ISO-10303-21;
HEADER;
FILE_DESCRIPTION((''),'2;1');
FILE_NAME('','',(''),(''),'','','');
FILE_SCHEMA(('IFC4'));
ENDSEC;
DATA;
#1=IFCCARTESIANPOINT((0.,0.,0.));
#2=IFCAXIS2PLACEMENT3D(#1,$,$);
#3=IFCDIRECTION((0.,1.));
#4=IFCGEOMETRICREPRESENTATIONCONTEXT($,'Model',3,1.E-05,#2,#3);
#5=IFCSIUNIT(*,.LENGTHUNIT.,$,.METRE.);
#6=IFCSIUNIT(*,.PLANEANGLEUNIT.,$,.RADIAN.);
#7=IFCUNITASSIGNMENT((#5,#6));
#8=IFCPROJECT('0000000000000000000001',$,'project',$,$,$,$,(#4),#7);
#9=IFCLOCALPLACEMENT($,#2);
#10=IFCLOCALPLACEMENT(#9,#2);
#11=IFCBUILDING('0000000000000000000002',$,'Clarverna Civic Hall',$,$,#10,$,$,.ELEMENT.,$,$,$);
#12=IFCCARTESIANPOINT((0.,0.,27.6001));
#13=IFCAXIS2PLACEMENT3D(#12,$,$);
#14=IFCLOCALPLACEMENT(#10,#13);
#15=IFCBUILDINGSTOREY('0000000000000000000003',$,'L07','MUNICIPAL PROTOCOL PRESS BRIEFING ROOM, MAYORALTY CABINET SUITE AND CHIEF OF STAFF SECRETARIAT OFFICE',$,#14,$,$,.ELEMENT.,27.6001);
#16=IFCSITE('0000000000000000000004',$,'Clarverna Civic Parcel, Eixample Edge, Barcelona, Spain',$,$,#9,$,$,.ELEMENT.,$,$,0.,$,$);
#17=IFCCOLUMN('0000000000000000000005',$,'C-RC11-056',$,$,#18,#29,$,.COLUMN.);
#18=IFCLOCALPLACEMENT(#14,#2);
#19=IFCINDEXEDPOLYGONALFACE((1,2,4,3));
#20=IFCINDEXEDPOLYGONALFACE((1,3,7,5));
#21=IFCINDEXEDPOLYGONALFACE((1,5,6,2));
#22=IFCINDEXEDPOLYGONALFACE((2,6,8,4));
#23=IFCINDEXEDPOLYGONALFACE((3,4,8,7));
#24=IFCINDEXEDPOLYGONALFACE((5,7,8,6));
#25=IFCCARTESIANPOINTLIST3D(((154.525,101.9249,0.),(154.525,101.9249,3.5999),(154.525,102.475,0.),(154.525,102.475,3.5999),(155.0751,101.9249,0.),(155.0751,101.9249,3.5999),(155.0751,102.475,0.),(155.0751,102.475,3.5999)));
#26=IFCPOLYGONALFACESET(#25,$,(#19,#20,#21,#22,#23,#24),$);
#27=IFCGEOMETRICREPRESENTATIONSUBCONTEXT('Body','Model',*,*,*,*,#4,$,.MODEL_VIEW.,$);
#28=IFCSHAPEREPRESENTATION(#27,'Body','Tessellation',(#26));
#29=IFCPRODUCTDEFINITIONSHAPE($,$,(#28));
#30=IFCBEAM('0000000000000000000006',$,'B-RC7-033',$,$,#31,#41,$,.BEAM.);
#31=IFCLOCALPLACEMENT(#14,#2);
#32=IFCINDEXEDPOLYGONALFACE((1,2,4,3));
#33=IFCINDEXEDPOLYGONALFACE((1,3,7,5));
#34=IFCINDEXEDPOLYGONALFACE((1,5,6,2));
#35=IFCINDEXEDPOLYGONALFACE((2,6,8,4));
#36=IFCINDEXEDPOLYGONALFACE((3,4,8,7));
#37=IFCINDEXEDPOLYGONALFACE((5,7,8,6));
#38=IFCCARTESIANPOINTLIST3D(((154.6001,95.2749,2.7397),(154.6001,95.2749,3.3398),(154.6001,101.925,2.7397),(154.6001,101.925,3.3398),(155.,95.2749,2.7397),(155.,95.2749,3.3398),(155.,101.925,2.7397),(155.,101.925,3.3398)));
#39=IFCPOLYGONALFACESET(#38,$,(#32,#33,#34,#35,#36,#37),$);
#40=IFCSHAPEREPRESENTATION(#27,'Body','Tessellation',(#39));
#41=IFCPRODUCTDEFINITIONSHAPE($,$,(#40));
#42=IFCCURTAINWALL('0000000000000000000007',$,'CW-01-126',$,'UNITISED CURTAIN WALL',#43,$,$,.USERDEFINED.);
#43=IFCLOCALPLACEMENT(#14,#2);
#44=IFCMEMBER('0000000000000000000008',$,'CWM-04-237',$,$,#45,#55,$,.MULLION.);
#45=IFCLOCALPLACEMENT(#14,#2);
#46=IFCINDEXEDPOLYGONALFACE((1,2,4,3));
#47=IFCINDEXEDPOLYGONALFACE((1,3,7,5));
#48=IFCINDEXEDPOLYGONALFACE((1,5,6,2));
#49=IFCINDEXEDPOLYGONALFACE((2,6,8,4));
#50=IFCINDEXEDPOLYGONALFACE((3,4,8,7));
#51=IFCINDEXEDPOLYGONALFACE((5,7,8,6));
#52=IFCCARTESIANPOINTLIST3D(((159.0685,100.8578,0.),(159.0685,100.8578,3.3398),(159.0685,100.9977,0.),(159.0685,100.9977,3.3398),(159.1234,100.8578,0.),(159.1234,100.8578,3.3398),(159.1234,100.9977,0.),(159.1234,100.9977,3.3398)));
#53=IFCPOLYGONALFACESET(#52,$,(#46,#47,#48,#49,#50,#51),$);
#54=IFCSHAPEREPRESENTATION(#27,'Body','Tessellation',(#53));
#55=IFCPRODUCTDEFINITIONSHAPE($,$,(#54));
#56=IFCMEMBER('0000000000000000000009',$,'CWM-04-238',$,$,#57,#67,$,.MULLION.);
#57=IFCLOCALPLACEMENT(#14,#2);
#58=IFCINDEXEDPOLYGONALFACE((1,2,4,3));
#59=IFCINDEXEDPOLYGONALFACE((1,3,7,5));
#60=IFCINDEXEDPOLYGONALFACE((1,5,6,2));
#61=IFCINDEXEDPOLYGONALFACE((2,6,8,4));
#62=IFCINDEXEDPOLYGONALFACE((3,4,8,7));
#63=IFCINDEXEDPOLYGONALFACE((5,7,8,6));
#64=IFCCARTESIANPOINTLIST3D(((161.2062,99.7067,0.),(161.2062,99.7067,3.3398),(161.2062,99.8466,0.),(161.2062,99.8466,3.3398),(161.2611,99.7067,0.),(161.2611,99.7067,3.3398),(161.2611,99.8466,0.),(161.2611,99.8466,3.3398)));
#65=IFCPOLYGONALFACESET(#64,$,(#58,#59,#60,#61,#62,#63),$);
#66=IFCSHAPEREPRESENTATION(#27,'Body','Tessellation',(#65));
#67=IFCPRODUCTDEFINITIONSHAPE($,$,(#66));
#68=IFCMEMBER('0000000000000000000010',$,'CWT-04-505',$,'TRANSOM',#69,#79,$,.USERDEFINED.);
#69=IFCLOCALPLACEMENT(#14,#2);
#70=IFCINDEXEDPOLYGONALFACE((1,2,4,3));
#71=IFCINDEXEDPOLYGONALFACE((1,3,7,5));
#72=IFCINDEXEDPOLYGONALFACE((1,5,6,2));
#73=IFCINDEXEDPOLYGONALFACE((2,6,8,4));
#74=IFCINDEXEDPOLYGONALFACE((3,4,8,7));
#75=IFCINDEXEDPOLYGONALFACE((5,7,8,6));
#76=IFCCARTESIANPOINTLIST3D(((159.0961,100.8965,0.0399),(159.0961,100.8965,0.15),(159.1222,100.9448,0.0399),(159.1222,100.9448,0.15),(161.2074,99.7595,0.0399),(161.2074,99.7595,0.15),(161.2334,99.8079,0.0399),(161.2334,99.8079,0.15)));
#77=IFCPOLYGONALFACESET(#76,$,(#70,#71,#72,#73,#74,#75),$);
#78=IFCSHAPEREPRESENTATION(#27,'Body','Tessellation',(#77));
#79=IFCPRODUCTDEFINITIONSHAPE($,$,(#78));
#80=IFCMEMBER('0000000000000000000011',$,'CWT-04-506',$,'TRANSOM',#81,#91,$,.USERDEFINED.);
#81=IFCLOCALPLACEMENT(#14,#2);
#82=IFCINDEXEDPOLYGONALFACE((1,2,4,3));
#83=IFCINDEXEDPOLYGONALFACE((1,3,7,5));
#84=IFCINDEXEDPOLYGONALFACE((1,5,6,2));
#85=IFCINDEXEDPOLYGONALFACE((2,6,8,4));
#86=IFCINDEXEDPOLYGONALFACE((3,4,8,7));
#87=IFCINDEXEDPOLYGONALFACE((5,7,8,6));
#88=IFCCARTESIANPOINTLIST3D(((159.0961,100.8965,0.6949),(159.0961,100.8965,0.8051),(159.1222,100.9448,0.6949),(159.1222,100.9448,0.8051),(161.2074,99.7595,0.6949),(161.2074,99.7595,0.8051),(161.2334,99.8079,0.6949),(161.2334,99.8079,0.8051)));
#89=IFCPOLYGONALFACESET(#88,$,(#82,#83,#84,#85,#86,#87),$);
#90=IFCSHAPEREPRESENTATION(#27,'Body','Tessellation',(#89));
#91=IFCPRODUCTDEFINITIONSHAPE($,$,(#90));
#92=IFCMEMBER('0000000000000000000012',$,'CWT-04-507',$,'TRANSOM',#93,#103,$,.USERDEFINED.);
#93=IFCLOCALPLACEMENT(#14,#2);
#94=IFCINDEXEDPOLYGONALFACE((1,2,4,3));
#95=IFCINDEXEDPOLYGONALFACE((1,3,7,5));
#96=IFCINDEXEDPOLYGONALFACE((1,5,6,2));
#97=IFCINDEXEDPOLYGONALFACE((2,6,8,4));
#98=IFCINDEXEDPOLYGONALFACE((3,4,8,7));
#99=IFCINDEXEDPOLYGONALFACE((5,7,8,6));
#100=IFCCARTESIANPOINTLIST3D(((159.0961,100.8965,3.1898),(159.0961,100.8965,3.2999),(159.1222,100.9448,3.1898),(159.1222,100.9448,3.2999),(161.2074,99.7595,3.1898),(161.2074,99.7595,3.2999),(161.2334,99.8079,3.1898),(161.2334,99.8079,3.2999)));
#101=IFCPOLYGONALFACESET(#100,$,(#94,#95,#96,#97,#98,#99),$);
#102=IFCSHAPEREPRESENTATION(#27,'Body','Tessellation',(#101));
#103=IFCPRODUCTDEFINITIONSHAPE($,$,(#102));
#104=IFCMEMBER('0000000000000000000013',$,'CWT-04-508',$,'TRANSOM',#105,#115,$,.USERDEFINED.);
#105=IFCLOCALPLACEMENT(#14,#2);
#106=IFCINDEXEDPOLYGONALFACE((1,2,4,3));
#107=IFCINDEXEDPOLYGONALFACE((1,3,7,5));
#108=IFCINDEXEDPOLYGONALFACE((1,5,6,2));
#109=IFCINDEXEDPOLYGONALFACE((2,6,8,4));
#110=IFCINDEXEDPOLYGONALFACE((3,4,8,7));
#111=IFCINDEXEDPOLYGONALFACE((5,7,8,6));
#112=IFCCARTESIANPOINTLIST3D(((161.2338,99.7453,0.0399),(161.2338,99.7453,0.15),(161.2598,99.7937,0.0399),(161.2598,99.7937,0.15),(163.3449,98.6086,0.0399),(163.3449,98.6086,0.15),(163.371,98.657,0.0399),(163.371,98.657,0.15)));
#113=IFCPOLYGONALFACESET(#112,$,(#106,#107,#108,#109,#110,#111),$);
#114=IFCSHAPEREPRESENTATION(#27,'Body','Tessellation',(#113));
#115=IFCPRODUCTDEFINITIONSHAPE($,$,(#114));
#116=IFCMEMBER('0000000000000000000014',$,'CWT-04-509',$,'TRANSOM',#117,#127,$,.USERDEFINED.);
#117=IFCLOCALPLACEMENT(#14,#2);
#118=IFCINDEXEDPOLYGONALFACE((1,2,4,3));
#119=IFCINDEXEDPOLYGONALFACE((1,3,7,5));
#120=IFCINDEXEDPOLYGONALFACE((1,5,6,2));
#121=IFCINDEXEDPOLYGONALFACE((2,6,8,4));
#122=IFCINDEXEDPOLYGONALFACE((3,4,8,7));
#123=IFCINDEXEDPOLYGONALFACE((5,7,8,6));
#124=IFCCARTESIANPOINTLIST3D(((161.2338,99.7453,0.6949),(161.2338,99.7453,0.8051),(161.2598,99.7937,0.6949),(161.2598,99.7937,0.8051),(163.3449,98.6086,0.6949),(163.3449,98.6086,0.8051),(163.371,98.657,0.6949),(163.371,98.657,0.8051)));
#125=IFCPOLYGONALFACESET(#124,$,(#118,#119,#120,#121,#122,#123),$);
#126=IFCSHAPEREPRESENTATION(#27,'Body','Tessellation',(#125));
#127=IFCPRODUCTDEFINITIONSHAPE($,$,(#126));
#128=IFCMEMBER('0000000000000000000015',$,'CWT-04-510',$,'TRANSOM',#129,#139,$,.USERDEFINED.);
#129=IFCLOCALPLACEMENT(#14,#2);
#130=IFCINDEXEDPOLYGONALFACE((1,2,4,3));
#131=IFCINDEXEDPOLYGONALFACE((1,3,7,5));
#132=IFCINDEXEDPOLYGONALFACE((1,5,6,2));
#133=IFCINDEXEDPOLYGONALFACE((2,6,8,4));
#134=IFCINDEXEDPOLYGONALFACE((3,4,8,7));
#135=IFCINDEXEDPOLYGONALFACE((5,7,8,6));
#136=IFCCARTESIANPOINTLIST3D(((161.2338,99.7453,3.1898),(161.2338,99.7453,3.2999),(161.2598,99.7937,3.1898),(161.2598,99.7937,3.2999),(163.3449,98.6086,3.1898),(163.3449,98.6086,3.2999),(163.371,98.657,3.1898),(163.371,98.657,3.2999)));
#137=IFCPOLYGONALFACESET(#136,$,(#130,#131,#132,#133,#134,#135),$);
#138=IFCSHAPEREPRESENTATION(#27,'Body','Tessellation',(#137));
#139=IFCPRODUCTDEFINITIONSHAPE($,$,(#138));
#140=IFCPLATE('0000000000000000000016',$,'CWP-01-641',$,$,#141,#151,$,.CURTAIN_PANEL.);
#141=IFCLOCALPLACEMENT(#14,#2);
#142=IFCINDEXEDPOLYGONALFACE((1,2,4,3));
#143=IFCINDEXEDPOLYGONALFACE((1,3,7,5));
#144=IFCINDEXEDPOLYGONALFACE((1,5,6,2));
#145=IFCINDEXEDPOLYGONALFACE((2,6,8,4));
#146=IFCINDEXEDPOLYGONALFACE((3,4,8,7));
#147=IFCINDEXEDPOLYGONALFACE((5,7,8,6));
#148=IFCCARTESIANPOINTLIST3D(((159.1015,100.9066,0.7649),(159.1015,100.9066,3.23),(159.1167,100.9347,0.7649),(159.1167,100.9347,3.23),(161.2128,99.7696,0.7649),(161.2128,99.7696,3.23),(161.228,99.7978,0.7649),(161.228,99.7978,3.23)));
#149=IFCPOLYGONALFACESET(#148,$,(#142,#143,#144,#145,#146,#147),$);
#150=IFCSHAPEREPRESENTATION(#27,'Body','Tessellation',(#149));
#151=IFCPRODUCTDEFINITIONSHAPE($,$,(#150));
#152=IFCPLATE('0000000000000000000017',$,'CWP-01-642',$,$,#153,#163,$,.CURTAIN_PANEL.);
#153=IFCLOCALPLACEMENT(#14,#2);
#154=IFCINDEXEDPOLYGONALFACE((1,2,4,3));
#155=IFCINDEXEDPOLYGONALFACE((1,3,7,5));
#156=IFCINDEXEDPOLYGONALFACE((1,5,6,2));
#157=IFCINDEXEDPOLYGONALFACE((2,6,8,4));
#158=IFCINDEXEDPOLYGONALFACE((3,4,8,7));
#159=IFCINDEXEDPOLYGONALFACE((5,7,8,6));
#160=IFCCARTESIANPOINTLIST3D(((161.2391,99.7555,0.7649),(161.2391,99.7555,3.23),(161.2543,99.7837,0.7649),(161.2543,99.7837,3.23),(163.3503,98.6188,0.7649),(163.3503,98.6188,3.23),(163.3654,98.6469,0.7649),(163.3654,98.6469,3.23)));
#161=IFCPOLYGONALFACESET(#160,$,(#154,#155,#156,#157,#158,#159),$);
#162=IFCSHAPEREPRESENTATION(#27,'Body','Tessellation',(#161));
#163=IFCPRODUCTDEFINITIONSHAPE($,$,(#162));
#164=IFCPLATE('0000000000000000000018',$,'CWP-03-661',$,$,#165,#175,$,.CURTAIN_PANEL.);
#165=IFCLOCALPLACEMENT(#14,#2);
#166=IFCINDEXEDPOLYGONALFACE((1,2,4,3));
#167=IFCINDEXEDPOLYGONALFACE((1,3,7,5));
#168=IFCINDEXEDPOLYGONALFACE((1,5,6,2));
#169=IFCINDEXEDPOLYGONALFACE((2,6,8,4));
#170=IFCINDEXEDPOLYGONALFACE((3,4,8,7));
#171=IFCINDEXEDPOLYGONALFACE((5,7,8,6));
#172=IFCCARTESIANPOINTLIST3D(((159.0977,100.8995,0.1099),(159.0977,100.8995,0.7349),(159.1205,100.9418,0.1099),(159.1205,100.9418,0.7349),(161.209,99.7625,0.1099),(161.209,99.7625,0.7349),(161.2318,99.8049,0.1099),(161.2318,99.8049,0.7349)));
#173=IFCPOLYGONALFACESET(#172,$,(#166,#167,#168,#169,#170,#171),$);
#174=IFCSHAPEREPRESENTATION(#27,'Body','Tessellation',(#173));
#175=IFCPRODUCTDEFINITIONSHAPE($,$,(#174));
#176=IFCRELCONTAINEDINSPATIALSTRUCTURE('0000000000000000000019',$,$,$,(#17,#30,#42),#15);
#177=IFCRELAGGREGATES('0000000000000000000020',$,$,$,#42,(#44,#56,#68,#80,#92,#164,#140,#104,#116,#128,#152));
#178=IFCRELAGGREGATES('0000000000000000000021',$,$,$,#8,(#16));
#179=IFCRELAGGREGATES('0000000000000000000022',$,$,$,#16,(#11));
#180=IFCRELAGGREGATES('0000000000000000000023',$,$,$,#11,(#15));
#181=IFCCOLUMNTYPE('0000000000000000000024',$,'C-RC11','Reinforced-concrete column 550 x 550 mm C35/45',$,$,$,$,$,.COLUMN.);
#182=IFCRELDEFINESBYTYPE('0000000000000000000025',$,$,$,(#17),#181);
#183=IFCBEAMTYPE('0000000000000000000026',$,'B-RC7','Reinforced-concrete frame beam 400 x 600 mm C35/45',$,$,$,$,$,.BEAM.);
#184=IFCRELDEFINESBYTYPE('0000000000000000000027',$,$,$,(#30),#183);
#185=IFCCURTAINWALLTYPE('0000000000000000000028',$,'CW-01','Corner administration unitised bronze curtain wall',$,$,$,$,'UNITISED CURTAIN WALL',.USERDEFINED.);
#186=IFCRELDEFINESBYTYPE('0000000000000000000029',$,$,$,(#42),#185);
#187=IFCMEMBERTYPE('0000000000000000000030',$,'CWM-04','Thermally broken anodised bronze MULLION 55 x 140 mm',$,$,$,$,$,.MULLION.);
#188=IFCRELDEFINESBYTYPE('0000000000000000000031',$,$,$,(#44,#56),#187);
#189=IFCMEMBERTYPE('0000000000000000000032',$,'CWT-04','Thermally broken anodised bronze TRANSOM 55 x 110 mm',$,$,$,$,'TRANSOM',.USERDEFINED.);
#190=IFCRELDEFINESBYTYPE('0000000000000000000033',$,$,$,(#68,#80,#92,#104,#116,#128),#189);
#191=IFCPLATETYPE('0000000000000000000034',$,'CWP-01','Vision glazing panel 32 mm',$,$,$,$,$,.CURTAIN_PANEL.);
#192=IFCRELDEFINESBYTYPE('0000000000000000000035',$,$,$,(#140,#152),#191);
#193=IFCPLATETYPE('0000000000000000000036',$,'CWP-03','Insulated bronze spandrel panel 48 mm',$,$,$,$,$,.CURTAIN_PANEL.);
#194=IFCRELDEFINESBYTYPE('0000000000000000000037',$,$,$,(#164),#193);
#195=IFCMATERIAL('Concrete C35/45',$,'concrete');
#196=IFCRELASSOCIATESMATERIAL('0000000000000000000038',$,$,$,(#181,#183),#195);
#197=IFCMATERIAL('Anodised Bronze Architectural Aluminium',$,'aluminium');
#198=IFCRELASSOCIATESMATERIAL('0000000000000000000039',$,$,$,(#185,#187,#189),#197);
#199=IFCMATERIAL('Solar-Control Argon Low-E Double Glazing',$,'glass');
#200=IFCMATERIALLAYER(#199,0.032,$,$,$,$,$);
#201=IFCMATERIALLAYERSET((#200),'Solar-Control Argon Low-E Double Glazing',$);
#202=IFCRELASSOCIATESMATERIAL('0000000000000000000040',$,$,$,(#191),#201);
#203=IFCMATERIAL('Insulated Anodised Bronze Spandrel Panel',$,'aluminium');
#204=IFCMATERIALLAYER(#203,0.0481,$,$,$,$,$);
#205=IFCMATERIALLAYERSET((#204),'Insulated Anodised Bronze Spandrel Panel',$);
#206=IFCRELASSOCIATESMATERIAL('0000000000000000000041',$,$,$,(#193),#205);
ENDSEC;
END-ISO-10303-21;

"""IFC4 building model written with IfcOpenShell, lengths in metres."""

from ifc_helpers import new_model, si_unit, direction, frame, frame_2d, origin, origin_2d, place, context, subcontext, project, spatial, rectangle, extrude, material, layer, layer_set, material_profile, profile_set, type_object, element, aggregate, save


model = new_model("IFC4")

# Units and contexts
model_context = context("Model", 3, precision=1e-05, world=origin(), true_north=direction((0.0, 1.0)))
body_context = subcontext(model_context, "Body", "Model", "MODEL_VIEW")
ifc_project = project(units=[si_unit("LENGTHUNIT", "METRE"), si_unit("PLANEANGLEUNIT", "RADIAN")], contexts=[model_context])

# Site, building, storey
site_placement = place(None, origin())
site = spatial("IfcSite", under=ifc_project, at=site_placement, Name="Clarverna Civic Parcel, Eixample Edge, Barcelona, Spain", CompositionType="ELEMENT", RefElevation=0.0)
building_placement = place(site_placement, origin())
building = spatial("IfcBuilding", under=site, at=building_placement, Name="Clarverna Civic Hall", CompositionType="ELEMENT")
storey_placement = place(building_placement, frame((0.0, 0.0, 27.6001)))
storey = spatial("IfcBuildingStorey", under=building, at=storey_placement, Name="L07", Description="MUNICIPAL PROTOCOL PRESS BRIEFING ROOM, MAYORALTY CABINET SUITE AND CHIEF OF STAFF SECRETARIAT OFFICE", CompositionType="ELEMENT", Elevation=27.6001)

# Column
ifc_material_1 = material(Name="Concrete C35/45", Category="concrete")
ifc_material_profile_1 = material_profile(ifc_material_1, rectangle(XDim=0.55, YDim=0.55, at=origin_2d()), Name="RC 550x550")
ifc_profile_set_1 = profile_set([ifc_material_profile_1], Name="Concrete C35/45")
column_type = type_object("IfcColumnType", Name="C-RC11", Description="Reinforced-concrete column 550 x 550 mm C35/45", PredefinedType="COLUMN", material=ifc_profile_set_1)
column_placement = place(storey_placement, frame((154.8, 102.2, 0.0), z_axis=(0.0, 0.0, 1.0), x_axis=(1.0, 0.0, 0.0)))
element("IfcColumn", 1, at=column_placement, inside=storey, type_object=column_type, Name="C-RC11-056", PredefinedType="COLUMN", context=body_context, shape_type="SweptSolid", body=[
    extrude(rectangle(XDim=0.55, YDim=0.55, at=origin_2d()), origin(), (0.0, 0.0, 1.0), 3.5999),
])

# Beam
ifc_material_profile_2 = material_profile(ifc_material_1, rectangle(XDim=0.3999, YDim=0.6001, at=origin_2d()), Name="RC 400x600")
ifc_profile_set_2 = profile_set([ifc_material_profile_2], Name="Concrete C35/45")
beam_type = type_object("IfcBeamType", Name="B-RC7", Description="Reinforced-concrete frame beam 400 x 600 mm C35/45", PredefinedType="BEAM", material=ifc_profile_set_2)
beam_placement = place(storey_placement, frame((154.8, 95.2749, 3.0398), z_axis=(0.0, 1.0, 0.0), x_axis=(-1.0, 0.0, 0.0)))
element("IfcBeam", 2, at=beam_placement, inside=storey, type_object=beam_type, Name="B-RC7-033", PredefinedType="BEAM", context=body_context, shape_type="SweptSolid", body=[
    extrude(rectangle(XDim=0.3999, YDim=0.6001, at=origin_2d()), origin(), (0.0, 0.0, 1.0), 6.6501),
])

# Curtain wall, members, plates
ifc_material_2 = material(Name="Anodised Bronze Architectural Aluminium", Category="aluminium")
curtain_wall_type = type_object("IfcCurtainWallType", Name="CW-01", Description="Corner administration unitised bronze curtain wall", ElementType="UNITISED CURTAIN WALL", PredefinedType="USERDEFINED", material=ifc_material_2)
curtain_wall_placement = place(storey_placement, origin())
curtain_wall = element("IfcCurtainWall", 3, at=curtain_wall_placement, inside=storey, type_object=curtain_wall_type, Name="CW-01-126", ObjectType="UNITISED CURTAIN WALL", PredefinedType="USERDEFINED")
ifc_material_profile_3 = material_profile(ifc_material_2, rectangle(XDim=0.0549, YDim=0.1399, at=origin_2d()), Name="BRONZE 55x140")
ifc_profile_set_3 = profile_set([ifc_material_profile_3], Name="Anodised Bronze Architectural Aluminium")
member_type_1 = type_object("IfcMemberType", Name="CWM-04", Description="Thermally broken anodised bronze MULLION 55 x 140 mm", PredefinedType="MULLION", material=ifc_profile_set_3)
member_1_placement = place(storey_placement, frame((159.0959, 100.9277, 0.0), z_axis=(0.0, 0.0, 1.0), x_axis=(1.0, 0.0, 0.0)))
member_1 = element("IfcMember", 4, at=member_1_placement, type_object=member_type_1, Name="CWM-04-237", PredefinedType="MULLION", context=body_context, shape_type="SweptSolid", body=[
    extrude(rectangle(XDim=0.0549, YDim=0.1399, at=origin_2d()), origin(), (0.0, 0.0, 1.0), 3.3398),
])
member_2_placement = place(storey_placement, frame((161.2336, 99.7766, 0.0), z_axis=(0.0, 0.0, 1.0), x_axis=(1.0, 0.0, 0.0)))
member_2 = element("IfcMember", 5, at=member_2_placement, type_object=member_type_1, Name="CWM-04-238", PredefinedType="MULLION", context=body_context, shape_type="SweptSolid", body=[
    extrude(rectangle(XDim=0.0549, YDim=0.1399, at=origin_2d()), origin(), (0.0, 0.0, 1.0), 3.3398),
])
ifc_material_profile_4 = material_profile(ifc_material_2, rectangle(XDim=0.0549, YDim=0.1101, at=origin_2d()), Name="BRONZE 55x110")
ifc_profile_set_4 = profile_set([ifc_material_profile_4], Name="Anodised Bronze Architectural Aluminium")
member_type_2 = type_object("IfcMemberType", Name="CWT-04", Description="Thermally broken anodised bronze TRANSOM 55 x 110 mm", ElementType="TRANSOM", PredefinedType="USERDEFINED", material=ifc_profile_set_4)
member_3_placement = place(storey_placement, frame((159.1091, 100.9207, 0.095), z_axis=(0.880455, -0.47413, 0.0), x_axis=(0.47413, 0.880455, 0.0)))
member_3 = element("IfcMember", 6, at=member_3_placement, type_object=member_type_2, Name="CWT-04-505", ObjectType="TRANSOM", PredefinedType="USERDEFINED", context=body_context, shape_type="SweptSolid", body=[
    extrude(rectangle(XDim=0.0549, YDim=0.1101, at=origin_2d()), origin(), (0.0, 0.0, 1.0), 2.3979),
])
member_4_placement = place(storey_placement, frame((159.1091, 100.9207, 0.75), z_axis=(0.880455, -0.47413, 0.0), x_axis=(0.47413, 0.880455, 0.0)))
member_4 = element("IfcMember", 7, at=member_4_placement, type_object=member_type_2, Name="CWT-04-506", ObjectType="TRANSOM", PredefinedType="USERDEFINED", context=body_context, shape_type="SweptSolid", body=[
    extrude(rectangle(XDim=0.0549, YDim=0.1101, at=origin_2d()), origin(), (0.0, 0.0, 1.0), 2.3979),
])
member_5_placement = place(storey_placement, frame((159.1091, 100.9207, 3.2449), z_axis=(0.880455, -0.47413, 0.0), x_axis=(0.47413, 0.880455, 0.0)))
member_5 = element("IfcMember", 8, at=member_5_placement, type_object=member_type_2, Name="CWT-04-507", ObjectType="TRANSOM", PredefinedType="USERDEFINED", context=body_context, shape_type="SweptSolid", body=[
    extrude(rectangle(XDim=0.0549, YDim=0.1101, at=origin_2d()), origin(), (0.0, 0.0, 1.0), 2.3979),
])
member_6_placement = place(storey_placement, frame((161.2468, 99.7695, 0.095), z_axis=(0.880474, -0.474094, 0.0), x_axis=(0.474094, 0.880474, 0.0)))
member_6 = element("IfcMember", 9, at=member_6_placement, type_object=member_type_2, Name="CWT-04-508", ObjectType="TRANSOM", PredefinedType="USERDEFINED", context=body_context, shape_type="SweptSolid", body=[
    extrude(rectangle(XDim=0.0549, YDim=0.1101, at=origin_2d()), origin(), (0.0, 0.0, 1.0), 2.3977),
])
member_7_placement = place(storey_placement, frame((161.2468, 99.7695, 0.75), z_axis=(0.880474, -0.474094, 0.0), x_axis=(0.474094, 0.880474, 0.0)))
member_7 = element("IfcMember", 10, at=member_7_placement, type_object=member_type_2, Name="CWT-04-509", ObjectType="TRANSOM", PredefinedType="USERDEFINED", context=body_context, shape_type="SweptSolid", body=[
    extrude(rectangle(XDim=0.0549, YDim=0.1101, at=origin_2d()), origin(), (0.0, 0.0, 1.0), 2.3977),
])
member_8_placement = place(storey_placement, frame((161.2468, 99.7695, 3.2449), z_axis=(0.880474, -0.474094, 0.0), x_axis=(0.474094, 0.880474, 0.0)))
member_8 = element("IfcMember", 11, at=member_8_placement, type_object=member_type_2, Name="CWT-04-510", ObjectType="TRANSOM", PredefinedType="USERDEFINED", context=body_context, shape_type="SweptSolid", body=[
    extrude(rectangle(XDim=0.0549, YDim=0.1101, at=origin_2d()), origin(), (0.0, 0.0, 1.0), 2.3977),
])
ifc_material_3 = material(Name="Solar-Control Argon Low-E Double Glazing", Category="glass")
ifc_layer_1 = layer(ifc_material_3, 0.032)
ifc_layer_set_1 = layer_set([ifc_layer_1], Name="Solar-Control Argon Low-E Double Glazing")
plate_type_1 = type_object("IfcPlateType", Name="CWP-01", Description="Vision glazing panel 32 mm", PredefinedType="CURTAIN_PANEL", material=ifc_layer_set_1)
plate_1_placement = place(storey_placement, frame((159.1091, 100.9207, 0.7649), z_axis=(0.0, 0.0, 1.0), x_axis=(0.880455, -0.47413, 0.0)))
plate_1 = element("IfcPlate", 12, at=plate_1_placement, type_object=plate_type_1, Name="CWP-01-641", PredefinedType="CURTAIN_PANEL", context=body_context, shape_type="SweptSolid", body=[
    extrude(rectangle(XDim=2.3979, YDim=0.032, at=frame_2d((1.199, 0.0))), origin(), (0.0, 0.0, 1.0), 2.4651),
])
plate_2_placement = place(storey_placement, frame((161.2468, 99.7695, 0.7649), z_axis=(0.0, 0.0, 1.0), x_axis=(0.880474, -0.474094, 0.0)))
plate_2 = element("IfcPlate", 13, at=plate_2_placement, type_object=plate_type_1, Name="CWP-01-642", PredefinedType="CURTAIN_PANEL", context=body_context, shape_type="SweptSolid", body=[
    extrude(rectangle(XDim=2.3977, YDim=0.032, at=frame_2d((1.1987, 0.0))), origin(), (0.0, 0.0, 1.0), 2.4651),
])
ifc_material_4 = material(Name="Insulated Anodised Bronze Spandrel Panel", Category="aluminium")
ifc_layer_2 = layer(ifc_material_4, 0.0481)
ifc_layer_set_2 = layer_set([ifc_layer_2], Name="Insulated Anodised Bronze Spandrel Panel")
plate_type_2 = type_object("IfcPlateType", Name="CWP-03", Description="Insulated bronze spandrel panel 48 mm", PredefinedType="CURTAIN_PANEL", material=ifc_layer_set_2)
plate_3_placement = place(storey_placement, frame((159.1091, 100.9207, 0.1099), z_axis=(0.0, 0.0, 1.0), x_axis=(0.880455, -0.47413, 0.0)))
plate_3 = element("IfcPlate", 14, at=plate_3_placement, type_object=plate_type_2, Name="CWP-03-661", PredefinedType="CURTAIN_PANEL", context=body_context, shape_type="SweptSolid", body=[
    extrude(rectangle(XDim=2.3979, YDim=0.0481, at=frame_2d((1.199, 0.0))), origin(), (0.0, 0.0, 1.0), 0.625),
])
aggregate(curtain_wall, [member_1, member_2, member_3, member_4, member_5, plate_3, plate_1, member_6, member_7, member_8, plate_2])

save(model, "model.ifc")
